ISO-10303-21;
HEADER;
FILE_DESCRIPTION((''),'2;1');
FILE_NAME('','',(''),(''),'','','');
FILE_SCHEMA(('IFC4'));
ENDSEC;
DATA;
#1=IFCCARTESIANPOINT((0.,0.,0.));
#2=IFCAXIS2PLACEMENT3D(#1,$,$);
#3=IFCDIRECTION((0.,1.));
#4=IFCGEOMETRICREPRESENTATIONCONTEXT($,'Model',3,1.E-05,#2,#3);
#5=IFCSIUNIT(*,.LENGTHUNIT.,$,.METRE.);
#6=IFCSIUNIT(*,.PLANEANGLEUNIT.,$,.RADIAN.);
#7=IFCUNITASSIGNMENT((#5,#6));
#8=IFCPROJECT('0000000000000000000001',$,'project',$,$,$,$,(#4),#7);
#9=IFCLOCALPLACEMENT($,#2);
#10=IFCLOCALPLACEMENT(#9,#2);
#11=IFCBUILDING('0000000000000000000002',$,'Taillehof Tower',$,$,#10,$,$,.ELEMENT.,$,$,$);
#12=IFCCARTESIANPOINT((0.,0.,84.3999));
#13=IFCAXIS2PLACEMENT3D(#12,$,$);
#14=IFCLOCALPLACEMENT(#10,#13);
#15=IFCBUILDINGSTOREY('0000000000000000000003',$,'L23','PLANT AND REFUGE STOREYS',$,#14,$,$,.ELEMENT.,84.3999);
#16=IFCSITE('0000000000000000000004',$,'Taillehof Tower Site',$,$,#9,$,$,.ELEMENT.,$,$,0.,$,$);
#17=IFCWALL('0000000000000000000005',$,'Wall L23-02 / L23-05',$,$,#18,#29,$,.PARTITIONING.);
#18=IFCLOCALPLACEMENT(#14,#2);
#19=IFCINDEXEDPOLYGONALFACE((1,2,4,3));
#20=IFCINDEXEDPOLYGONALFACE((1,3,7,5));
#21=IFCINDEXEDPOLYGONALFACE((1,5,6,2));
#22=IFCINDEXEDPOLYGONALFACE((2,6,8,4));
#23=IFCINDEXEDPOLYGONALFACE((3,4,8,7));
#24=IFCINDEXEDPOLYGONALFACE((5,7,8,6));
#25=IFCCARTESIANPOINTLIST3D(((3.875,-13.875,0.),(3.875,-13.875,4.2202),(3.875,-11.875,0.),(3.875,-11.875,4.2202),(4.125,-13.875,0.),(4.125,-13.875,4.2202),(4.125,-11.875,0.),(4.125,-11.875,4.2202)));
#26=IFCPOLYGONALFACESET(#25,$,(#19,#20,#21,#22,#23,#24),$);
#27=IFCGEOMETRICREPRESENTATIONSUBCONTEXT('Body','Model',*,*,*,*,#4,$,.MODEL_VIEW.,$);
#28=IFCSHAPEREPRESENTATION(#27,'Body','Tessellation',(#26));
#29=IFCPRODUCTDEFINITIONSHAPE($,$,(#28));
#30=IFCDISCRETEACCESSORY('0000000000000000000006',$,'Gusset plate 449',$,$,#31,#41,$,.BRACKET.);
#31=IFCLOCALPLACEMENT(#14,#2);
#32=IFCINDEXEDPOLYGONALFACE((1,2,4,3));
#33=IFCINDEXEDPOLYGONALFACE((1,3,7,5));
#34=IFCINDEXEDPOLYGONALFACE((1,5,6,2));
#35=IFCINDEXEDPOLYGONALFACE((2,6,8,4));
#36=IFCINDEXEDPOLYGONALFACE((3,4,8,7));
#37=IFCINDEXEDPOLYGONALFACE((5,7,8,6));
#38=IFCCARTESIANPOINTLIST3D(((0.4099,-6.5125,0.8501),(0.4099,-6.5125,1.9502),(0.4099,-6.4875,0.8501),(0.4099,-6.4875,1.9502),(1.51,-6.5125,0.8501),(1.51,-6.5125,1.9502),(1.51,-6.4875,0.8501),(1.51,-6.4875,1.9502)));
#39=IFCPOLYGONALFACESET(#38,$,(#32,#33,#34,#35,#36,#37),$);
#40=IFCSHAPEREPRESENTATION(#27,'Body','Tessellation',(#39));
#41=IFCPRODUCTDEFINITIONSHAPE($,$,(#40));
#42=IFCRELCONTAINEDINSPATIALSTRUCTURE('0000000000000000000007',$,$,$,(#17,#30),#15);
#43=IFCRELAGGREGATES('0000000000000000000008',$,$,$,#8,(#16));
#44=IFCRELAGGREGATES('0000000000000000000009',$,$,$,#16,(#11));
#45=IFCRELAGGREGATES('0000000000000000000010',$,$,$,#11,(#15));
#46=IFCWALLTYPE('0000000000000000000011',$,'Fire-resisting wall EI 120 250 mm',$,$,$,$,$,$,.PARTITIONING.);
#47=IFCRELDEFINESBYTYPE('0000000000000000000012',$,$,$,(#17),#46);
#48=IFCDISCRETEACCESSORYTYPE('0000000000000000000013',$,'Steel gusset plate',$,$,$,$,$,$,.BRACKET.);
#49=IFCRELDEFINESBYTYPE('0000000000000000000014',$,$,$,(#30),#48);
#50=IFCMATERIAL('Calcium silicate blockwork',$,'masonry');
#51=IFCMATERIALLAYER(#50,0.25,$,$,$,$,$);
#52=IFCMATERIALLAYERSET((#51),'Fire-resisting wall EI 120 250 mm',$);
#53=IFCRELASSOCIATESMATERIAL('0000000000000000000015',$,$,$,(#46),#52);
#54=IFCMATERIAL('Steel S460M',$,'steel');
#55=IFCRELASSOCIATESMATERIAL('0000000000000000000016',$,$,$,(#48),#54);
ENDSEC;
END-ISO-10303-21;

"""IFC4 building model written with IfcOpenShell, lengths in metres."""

from ifc_helpers import new_model, si_unit, direction, frame, frame_2d, origin, origin_2d, place, context, subcontext, project, spatial, rectangle, extrude, material, layer, layer_set, type_object, element, save


model = new_model("IFC4")

# Units and contexts
model_context = context("Model", 3, precision=1e-05, world=origin(), true_north=direction((0.0, 1.0)))
body_context = subcontext(model_context, "Body", "Model", "MODEL_VIEW")
ifc_project = project(units=[si_unit("LENGTHUNIT", "METRE"), si_unit("PLANEANGLEUNIT", "RADIAN")], contexts=[model_context])

# Site, building, storey
site_placement = place(None, origin())
site = spatial("IfcSite", under=ifc_project, at=site_placement, Name="Taillehof Tower Site", CompositionType="ELEMENT", RefElevation=0.0)
building_placement = place(site_placement, origin())
building = spatial("IfcBuilding", under=site, at=building_placement, Name="Taillehof Tower", CompositionType="ELEMENT")
storey_placement = place(building_placement, frame((0.0, 0.0, 84.3999)))
storey = spatial("IfcBuildingStorey", under=building, at=storey_placement, Name="L23", Description="PLANT AND REFUGE STOREYS", CompositionType="ELEMENT", Elevation=84.3999)

# Wall
ifc_material_1 = material(Name="Calcium silicate blockwork", Category="masonry")
ifc_layer_1 = layer(ifc_material_1, 0.25)
ifc_layer_set_1 = layer_set([ifc_layer_1], Name="Fire-resisting wall EI 120 250 mm")
wall_type_1 = type_object("IfcWallType", Name="Fire-resisting wall EI 120 250 mm", PredefinedType="PARTITIONING", material=ifc_layer_set_1)
wall_1_placement = place(storey_placement, frame((4.0, -13.875, 0.0), z_axis=(0.0, 0.0, 1.0), x_axis=(0.0, 1.0, 0.0)))
element("IfcWall", 1, at=wall_1_placement, inside=storey, type_object=wall_type_1, Name="Wall L23-02 / L23-05", PredefinedType="PARTITIONING", context=body_context, shape_type="SweptSolid", body=[
    extrude(rectangle(XDim=2.0, YDim=0.25, at=frame_2d((1.0, 0.0))), origin(), (0.0, 0.0, 1.0), 4.2202),
])

# Discrete accessory
ifc_material_2 = material(Name="Steel S460M", Category="steel")
discrete_accessory_type = type_object("IfcDiscreteAccessoryType", Name="Steel gusset plate", PredefinedType="BRACKET", material=ifc_material_2)
discrete_accessory_placement = place(storey_placement, frame((0.96, -6.5, 0.8501), z_axis=(0.0, 0.0, 1.0), x_axis=(1.0, 0.0, 0.0)))
element("IfcDiscreteAccessory", 2, at=discrete_accessory_placement, inside=storey, type_object=discrete_accessory_type, Name="Gusset plate 449", PredefinedType="BRACKET", context=body_context, shape_type="SweptSolid", body=[
    extrude(rectangle(XDim=1.1001, YDim=0.0249, at=origin_2d()), origin(), (0.0, 0.0, 1.0), 1.1001),
])

save(model, "model.ifc")
